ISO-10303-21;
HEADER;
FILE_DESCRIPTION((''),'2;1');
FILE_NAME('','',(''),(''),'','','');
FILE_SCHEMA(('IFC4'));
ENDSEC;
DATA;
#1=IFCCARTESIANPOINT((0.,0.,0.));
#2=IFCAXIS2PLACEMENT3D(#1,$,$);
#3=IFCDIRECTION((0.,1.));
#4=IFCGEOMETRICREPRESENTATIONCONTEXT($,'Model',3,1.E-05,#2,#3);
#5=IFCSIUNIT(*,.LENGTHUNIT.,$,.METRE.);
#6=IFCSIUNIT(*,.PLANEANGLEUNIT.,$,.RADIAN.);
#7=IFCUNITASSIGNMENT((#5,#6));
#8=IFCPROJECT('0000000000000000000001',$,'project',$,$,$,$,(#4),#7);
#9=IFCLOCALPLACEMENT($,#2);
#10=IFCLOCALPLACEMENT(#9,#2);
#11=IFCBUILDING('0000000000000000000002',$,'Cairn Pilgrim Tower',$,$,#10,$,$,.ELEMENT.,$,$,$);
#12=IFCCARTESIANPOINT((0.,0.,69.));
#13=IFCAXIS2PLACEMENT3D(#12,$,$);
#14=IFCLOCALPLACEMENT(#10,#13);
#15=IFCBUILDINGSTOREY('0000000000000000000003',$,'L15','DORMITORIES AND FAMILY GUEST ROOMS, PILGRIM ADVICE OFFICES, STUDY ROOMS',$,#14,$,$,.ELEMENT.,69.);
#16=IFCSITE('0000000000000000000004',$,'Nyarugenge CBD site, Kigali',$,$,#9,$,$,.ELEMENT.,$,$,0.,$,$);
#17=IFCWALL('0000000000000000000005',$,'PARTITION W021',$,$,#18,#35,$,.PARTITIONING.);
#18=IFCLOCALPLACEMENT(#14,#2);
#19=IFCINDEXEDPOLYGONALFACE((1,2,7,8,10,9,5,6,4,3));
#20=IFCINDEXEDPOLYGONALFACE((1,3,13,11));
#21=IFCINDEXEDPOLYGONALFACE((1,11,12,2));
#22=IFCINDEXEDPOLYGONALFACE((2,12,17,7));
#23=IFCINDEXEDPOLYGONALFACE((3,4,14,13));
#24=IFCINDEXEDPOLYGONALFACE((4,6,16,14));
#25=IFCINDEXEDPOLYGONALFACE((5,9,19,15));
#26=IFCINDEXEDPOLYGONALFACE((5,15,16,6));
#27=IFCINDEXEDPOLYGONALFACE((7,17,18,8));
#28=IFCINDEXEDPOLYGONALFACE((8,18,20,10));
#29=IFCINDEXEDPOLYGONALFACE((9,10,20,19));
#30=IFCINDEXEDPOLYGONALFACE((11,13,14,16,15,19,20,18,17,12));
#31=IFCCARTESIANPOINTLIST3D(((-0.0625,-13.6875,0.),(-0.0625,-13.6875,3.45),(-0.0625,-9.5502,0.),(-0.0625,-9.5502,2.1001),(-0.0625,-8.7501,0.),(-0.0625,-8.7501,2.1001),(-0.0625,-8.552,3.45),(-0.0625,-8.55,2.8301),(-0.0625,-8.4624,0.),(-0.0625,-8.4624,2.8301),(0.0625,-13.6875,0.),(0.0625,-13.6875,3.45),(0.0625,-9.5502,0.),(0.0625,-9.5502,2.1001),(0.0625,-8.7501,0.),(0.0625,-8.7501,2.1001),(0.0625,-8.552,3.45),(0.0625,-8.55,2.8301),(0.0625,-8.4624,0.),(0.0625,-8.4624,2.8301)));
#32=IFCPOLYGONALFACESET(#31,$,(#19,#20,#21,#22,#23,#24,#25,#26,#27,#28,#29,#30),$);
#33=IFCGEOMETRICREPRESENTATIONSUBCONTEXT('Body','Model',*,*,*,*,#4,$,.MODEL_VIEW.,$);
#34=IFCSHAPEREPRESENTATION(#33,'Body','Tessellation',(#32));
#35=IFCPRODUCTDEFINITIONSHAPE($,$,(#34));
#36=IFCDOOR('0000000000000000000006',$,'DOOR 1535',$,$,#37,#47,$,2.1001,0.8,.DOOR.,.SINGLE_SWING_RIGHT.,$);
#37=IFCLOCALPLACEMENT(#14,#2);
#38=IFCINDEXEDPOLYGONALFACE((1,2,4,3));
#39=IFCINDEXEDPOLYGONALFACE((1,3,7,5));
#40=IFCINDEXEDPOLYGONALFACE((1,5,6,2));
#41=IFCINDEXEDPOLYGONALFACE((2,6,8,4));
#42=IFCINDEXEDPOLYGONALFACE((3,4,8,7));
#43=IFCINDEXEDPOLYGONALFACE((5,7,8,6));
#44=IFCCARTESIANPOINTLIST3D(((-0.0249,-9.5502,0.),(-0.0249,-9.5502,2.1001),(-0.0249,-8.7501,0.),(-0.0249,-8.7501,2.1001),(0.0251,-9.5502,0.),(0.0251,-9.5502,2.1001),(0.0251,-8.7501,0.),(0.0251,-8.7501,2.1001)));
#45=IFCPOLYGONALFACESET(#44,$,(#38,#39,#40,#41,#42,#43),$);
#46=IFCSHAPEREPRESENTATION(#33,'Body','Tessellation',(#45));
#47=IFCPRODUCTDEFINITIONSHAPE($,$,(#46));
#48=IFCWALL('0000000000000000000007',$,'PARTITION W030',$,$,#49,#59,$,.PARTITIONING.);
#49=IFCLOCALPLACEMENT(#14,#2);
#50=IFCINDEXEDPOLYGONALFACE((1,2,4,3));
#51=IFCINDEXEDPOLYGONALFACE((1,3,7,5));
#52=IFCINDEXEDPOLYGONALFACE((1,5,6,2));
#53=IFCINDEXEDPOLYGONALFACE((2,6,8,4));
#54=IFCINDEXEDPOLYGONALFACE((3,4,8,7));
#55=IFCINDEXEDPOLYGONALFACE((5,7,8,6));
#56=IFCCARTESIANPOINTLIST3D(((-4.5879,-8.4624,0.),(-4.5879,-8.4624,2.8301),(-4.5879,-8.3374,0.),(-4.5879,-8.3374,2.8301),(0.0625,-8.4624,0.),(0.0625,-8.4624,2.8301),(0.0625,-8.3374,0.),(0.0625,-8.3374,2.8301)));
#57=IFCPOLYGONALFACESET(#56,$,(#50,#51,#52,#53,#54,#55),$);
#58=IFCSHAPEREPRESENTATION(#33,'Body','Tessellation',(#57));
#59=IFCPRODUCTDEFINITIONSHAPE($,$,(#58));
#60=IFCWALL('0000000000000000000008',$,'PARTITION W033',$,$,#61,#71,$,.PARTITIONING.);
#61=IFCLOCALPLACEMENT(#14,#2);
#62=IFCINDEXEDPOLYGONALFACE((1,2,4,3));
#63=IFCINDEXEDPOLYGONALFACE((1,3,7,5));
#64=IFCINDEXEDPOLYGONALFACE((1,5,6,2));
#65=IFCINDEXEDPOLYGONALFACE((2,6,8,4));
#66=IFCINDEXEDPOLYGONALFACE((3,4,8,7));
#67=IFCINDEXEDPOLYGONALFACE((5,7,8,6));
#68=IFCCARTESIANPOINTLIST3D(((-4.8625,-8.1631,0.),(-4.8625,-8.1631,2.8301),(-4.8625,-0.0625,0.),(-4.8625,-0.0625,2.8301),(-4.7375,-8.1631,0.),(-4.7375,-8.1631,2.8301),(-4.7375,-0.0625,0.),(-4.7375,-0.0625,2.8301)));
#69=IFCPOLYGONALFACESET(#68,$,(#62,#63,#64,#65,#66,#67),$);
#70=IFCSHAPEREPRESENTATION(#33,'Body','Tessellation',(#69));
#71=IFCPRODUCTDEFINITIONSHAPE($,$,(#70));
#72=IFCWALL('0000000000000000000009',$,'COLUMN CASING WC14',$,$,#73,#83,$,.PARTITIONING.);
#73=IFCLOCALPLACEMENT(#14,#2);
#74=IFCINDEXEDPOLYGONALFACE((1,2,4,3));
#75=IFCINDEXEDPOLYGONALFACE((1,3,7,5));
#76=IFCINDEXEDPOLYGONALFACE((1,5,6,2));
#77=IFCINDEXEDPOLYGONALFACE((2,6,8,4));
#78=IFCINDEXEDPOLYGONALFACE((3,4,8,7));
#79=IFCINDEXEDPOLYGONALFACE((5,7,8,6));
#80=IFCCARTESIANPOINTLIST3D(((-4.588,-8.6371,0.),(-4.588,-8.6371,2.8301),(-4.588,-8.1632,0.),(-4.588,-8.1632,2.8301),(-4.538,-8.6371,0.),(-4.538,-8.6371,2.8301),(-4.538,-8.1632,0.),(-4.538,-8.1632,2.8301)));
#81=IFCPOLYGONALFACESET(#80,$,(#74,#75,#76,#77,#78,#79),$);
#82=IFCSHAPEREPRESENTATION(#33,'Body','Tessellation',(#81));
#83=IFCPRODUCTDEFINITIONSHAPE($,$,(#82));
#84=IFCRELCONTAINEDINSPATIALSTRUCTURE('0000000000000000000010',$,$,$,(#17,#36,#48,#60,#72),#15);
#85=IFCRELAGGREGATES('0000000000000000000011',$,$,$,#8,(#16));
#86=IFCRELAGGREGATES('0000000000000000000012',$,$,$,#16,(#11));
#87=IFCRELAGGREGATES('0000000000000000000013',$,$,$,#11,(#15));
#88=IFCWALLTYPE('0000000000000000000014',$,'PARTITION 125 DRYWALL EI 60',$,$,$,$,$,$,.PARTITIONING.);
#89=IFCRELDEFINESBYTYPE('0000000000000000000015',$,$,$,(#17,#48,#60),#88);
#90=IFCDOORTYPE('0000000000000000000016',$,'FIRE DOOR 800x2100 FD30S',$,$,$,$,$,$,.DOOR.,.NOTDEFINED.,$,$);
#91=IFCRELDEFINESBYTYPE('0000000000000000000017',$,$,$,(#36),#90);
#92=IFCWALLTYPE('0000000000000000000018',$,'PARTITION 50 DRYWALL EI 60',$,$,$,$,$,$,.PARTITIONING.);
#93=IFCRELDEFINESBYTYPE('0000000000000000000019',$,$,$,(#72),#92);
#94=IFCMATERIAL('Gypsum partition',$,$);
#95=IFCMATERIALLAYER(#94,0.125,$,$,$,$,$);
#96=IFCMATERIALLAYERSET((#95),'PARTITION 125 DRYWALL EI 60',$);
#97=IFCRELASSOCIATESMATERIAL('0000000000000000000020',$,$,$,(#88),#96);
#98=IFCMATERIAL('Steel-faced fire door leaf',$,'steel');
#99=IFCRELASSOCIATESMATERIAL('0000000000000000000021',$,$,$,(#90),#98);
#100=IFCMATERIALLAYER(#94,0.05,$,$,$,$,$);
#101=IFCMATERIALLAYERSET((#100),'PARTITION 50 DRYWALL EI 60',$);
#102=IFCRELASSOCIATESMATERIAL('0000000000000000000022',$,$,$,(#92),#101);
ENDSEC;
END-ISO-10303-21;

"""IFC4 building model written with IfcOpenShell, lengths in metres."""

from ifc_helpers import new_model, si_unit, direction, frame, frame_2d, origin, place, context, subcontext, project, spatial, polyline, rectangle, outline, extrude, material, layer, layer_set, type_object, element, fill, save


model = new_model("IFC4")

# Units and contexts
model_context = context("Model", 3, precision=1e-05, world=origin(), true_north=direction((0.0, 1.0)))
body_context = subcontext(model_context, "Body", "Model", "MODEL_VIEW")
ifc_project = project(units=[si_unit("LENGTHUNIT", "METRE"), si_unit("PLANEANGLEUNIT", "RADIAN")], contexts=[model_context])

# Site, building, storey
site_placement = place(None, origin())
site = spatial("IfcSite", under=ifc_project, at=site_placement, Name="Nyarugenge CBD site, Kigali", CompositionType="ELEMENT", RefElevation=0.0)
building_placement = place(site_placement, origin())
building = spatial("IfcBuilding", under=site, at=building_placement, Name="Cairn Pilgrim Tower", CompositionType="ELEMENT")
storey_placement = place(building_placement, frame((0.0, 0.0, 69.0)))
storey = spatial("IfcBuildingStorey", under=building, at=storey_placement, Name="L15", Description="DORMITORIES AND FAMILY GUEST ROOMS, PILGRIM ADVICE OFFICES, STUDY ROOMS", CompositionType="ELEMENT", Elevation=69.0)

# Wall, opening, door
ifc_material_1 = material(Name="Gypsum partition")
ifc_layer_1 = layer(ifc_material_1, 0.125)
ifc_layer_set_1 = layer_set([ifc_layer_1], Name="PARTITION 125 DRYWALL EI 60")
wall_type_1 = type_object("IfcWallType", Name="PARTITION 125 DRYWALL EI 60", PredefinedType="PARTITIONING", material=ifc_layer_set_1)
wall_1_placement = place(storey_placement, frame((0.0, -13.6875, 0.0), z_axis=(0.0, 0.0, 1.0), x_axis=(0.0, 1.0, 0.0)))
wall_1 = element("IfcWall", 1, at=wall_1_placement, inside=storey, type_object=wall_type_1, Name="PARTITION W021", PredefinedType="PARTITIONING", context=body_context, shape_type="SweptSolid", body=[
    extrude(outline(polyline([(0.0, 0.0), (5.2251, 0.0), (5.2251, 2.8301), (5.1375, 2.8301), (5.1355, 3.45), (0.0, 3.45), (0.0, 0.0)])), frame((0.0, 0.0625, 0.0), z_axis=(0.0, -1.0, 0.0), x_axis=(1.0, 0.0, 0.0)), (0.0, 0.0, 1.0), 0.125),
])
opening_1_placement = place(wall_1_placement, frame((4.1375, 0.0, 0.0)))
opening_1 = element("IfcOpeningElement", 2, at=opening_1_placement, cuts=wall_1, PredefinedType="OPENING", context=body_context, shape_type="SweptSolid", body=[
    extrude(rectangle(XDim=0.8, YDim=2.1001, at=frame_2d((0.3999, 1.05))), frame((0.0, 0.0725, 0.0), z_axis=(0.0, -1.0, 0.0), x_axis=(1.0, 0.0, 0.0)), (0.0, 0.0, 1.0), 0.145),
])
ifc_material_2 = material(Name="Steel-faced fire door leaf", Category="steel")
door_type_1 = type_object("IfcDoorType", Name="FIRE DOOR 800x2100 FD30S", OperationType="NOTDEFINED", PredefinedType="DOOR", material=ifc_material_2)
door_1_placement = place(opening_1_placement, origin())
door_1 = element("IfcDoor", 3, at=door_1_placement, inside=storey, type_object=door_type_1, Name="DOOR 1535", OperationType="SINGLE_SWING_RIGHT", OverallHeight=2.1001, OverallWidth=0.8, PredefinedType="DOOR", context=body_context, shape_type="SweptSolid", body=[
    extrude(rectangle(XDim=0.8, YDim=2.1001, at=frame_2d((0.3999, 1.05))), frame((0.0, 0.0249, 0.0), z_axis=(0.0, -1.0, 0.0), x_axis=(1.0, 0.0, 0.0)), (0.0, 0.0, 1.0), 0.05),
])
fill(opening_1, door_1)

# Walls
wall_2_placement = place(storey_placement, frame((-4.5879, -8.3999, 0.0), z_axis=(0.0, 0.0, 1.0), x_axis=(1.0, 0.0, 0.0)))
element("IfcWall", 4, at=wall_2_placement, inside=storey, type_object=wall_type_1, Name="PARTITION W030", PredefinedType="PARTITIONING", context=body_context, shape_type="SweptSolid", body=[
    extrude(rectangle(XDim=4.6504, YDim=0.125, at=frame_2d((2.3252, 0.0))), origin(), (0.0, 0.0, 1.0), 2.8301),
])
wall_3_placement = place(storey_placement, frame((-4.8, -8.1631, 0.0), z_axis=(0.0, 0.0, 1.0), x_axis=(0.0, 1.0, 0.0)))
element("IfcWall", 5, at=wall_3_placement, inside=storey, type_object=wall_type_1, Name="PARTITION W033", PredefinedType="PARTITIONING", context=body_context, shape_type="SweptSolid", body=[
    extrude(rectangle(XDim=8.1006, YDim=0.125, at=frame_2d((4.0503, 0.0))), origin(), (0.0, 0.0, 1.0), 2.8301),
])
ifc_layer_2 = layer(ifc_material_1, 0.05)
ifc_layer_set_2 = layer_set([ifc_layer_2], Name="PARTITION 50 DRYWALL EI 60")
wall_type_2 = type_object("IfcWallType", Name="PARTITION 50 DRYWALL EI 60", PredefinedType="PARTITIONING", material=ifc_layer_set_2)
wall_4_placement = place(storey_placement, frame((-4.563, -8.637, 0.0), z_axis=(0.0, 0.0, 1.0), x_axis=(0.0, 1.0, 0.0)))
element("IfcWall", 6, at=wall_4_placement, inside=storey, type_object=wall_type_2, Name="COLUMN CASING WC14", PredefinedType="PARTITIONING", context=body_context, shape_type="SweptSolid", body=[
    extrude(rectangle(XDim=0.4739, YDim=0.05, at=frame_2d((0.2368, 0.0))), origin(), (0.0, 0.0, 1.0), 2.8301),
])

save(model, "model.ifc")
